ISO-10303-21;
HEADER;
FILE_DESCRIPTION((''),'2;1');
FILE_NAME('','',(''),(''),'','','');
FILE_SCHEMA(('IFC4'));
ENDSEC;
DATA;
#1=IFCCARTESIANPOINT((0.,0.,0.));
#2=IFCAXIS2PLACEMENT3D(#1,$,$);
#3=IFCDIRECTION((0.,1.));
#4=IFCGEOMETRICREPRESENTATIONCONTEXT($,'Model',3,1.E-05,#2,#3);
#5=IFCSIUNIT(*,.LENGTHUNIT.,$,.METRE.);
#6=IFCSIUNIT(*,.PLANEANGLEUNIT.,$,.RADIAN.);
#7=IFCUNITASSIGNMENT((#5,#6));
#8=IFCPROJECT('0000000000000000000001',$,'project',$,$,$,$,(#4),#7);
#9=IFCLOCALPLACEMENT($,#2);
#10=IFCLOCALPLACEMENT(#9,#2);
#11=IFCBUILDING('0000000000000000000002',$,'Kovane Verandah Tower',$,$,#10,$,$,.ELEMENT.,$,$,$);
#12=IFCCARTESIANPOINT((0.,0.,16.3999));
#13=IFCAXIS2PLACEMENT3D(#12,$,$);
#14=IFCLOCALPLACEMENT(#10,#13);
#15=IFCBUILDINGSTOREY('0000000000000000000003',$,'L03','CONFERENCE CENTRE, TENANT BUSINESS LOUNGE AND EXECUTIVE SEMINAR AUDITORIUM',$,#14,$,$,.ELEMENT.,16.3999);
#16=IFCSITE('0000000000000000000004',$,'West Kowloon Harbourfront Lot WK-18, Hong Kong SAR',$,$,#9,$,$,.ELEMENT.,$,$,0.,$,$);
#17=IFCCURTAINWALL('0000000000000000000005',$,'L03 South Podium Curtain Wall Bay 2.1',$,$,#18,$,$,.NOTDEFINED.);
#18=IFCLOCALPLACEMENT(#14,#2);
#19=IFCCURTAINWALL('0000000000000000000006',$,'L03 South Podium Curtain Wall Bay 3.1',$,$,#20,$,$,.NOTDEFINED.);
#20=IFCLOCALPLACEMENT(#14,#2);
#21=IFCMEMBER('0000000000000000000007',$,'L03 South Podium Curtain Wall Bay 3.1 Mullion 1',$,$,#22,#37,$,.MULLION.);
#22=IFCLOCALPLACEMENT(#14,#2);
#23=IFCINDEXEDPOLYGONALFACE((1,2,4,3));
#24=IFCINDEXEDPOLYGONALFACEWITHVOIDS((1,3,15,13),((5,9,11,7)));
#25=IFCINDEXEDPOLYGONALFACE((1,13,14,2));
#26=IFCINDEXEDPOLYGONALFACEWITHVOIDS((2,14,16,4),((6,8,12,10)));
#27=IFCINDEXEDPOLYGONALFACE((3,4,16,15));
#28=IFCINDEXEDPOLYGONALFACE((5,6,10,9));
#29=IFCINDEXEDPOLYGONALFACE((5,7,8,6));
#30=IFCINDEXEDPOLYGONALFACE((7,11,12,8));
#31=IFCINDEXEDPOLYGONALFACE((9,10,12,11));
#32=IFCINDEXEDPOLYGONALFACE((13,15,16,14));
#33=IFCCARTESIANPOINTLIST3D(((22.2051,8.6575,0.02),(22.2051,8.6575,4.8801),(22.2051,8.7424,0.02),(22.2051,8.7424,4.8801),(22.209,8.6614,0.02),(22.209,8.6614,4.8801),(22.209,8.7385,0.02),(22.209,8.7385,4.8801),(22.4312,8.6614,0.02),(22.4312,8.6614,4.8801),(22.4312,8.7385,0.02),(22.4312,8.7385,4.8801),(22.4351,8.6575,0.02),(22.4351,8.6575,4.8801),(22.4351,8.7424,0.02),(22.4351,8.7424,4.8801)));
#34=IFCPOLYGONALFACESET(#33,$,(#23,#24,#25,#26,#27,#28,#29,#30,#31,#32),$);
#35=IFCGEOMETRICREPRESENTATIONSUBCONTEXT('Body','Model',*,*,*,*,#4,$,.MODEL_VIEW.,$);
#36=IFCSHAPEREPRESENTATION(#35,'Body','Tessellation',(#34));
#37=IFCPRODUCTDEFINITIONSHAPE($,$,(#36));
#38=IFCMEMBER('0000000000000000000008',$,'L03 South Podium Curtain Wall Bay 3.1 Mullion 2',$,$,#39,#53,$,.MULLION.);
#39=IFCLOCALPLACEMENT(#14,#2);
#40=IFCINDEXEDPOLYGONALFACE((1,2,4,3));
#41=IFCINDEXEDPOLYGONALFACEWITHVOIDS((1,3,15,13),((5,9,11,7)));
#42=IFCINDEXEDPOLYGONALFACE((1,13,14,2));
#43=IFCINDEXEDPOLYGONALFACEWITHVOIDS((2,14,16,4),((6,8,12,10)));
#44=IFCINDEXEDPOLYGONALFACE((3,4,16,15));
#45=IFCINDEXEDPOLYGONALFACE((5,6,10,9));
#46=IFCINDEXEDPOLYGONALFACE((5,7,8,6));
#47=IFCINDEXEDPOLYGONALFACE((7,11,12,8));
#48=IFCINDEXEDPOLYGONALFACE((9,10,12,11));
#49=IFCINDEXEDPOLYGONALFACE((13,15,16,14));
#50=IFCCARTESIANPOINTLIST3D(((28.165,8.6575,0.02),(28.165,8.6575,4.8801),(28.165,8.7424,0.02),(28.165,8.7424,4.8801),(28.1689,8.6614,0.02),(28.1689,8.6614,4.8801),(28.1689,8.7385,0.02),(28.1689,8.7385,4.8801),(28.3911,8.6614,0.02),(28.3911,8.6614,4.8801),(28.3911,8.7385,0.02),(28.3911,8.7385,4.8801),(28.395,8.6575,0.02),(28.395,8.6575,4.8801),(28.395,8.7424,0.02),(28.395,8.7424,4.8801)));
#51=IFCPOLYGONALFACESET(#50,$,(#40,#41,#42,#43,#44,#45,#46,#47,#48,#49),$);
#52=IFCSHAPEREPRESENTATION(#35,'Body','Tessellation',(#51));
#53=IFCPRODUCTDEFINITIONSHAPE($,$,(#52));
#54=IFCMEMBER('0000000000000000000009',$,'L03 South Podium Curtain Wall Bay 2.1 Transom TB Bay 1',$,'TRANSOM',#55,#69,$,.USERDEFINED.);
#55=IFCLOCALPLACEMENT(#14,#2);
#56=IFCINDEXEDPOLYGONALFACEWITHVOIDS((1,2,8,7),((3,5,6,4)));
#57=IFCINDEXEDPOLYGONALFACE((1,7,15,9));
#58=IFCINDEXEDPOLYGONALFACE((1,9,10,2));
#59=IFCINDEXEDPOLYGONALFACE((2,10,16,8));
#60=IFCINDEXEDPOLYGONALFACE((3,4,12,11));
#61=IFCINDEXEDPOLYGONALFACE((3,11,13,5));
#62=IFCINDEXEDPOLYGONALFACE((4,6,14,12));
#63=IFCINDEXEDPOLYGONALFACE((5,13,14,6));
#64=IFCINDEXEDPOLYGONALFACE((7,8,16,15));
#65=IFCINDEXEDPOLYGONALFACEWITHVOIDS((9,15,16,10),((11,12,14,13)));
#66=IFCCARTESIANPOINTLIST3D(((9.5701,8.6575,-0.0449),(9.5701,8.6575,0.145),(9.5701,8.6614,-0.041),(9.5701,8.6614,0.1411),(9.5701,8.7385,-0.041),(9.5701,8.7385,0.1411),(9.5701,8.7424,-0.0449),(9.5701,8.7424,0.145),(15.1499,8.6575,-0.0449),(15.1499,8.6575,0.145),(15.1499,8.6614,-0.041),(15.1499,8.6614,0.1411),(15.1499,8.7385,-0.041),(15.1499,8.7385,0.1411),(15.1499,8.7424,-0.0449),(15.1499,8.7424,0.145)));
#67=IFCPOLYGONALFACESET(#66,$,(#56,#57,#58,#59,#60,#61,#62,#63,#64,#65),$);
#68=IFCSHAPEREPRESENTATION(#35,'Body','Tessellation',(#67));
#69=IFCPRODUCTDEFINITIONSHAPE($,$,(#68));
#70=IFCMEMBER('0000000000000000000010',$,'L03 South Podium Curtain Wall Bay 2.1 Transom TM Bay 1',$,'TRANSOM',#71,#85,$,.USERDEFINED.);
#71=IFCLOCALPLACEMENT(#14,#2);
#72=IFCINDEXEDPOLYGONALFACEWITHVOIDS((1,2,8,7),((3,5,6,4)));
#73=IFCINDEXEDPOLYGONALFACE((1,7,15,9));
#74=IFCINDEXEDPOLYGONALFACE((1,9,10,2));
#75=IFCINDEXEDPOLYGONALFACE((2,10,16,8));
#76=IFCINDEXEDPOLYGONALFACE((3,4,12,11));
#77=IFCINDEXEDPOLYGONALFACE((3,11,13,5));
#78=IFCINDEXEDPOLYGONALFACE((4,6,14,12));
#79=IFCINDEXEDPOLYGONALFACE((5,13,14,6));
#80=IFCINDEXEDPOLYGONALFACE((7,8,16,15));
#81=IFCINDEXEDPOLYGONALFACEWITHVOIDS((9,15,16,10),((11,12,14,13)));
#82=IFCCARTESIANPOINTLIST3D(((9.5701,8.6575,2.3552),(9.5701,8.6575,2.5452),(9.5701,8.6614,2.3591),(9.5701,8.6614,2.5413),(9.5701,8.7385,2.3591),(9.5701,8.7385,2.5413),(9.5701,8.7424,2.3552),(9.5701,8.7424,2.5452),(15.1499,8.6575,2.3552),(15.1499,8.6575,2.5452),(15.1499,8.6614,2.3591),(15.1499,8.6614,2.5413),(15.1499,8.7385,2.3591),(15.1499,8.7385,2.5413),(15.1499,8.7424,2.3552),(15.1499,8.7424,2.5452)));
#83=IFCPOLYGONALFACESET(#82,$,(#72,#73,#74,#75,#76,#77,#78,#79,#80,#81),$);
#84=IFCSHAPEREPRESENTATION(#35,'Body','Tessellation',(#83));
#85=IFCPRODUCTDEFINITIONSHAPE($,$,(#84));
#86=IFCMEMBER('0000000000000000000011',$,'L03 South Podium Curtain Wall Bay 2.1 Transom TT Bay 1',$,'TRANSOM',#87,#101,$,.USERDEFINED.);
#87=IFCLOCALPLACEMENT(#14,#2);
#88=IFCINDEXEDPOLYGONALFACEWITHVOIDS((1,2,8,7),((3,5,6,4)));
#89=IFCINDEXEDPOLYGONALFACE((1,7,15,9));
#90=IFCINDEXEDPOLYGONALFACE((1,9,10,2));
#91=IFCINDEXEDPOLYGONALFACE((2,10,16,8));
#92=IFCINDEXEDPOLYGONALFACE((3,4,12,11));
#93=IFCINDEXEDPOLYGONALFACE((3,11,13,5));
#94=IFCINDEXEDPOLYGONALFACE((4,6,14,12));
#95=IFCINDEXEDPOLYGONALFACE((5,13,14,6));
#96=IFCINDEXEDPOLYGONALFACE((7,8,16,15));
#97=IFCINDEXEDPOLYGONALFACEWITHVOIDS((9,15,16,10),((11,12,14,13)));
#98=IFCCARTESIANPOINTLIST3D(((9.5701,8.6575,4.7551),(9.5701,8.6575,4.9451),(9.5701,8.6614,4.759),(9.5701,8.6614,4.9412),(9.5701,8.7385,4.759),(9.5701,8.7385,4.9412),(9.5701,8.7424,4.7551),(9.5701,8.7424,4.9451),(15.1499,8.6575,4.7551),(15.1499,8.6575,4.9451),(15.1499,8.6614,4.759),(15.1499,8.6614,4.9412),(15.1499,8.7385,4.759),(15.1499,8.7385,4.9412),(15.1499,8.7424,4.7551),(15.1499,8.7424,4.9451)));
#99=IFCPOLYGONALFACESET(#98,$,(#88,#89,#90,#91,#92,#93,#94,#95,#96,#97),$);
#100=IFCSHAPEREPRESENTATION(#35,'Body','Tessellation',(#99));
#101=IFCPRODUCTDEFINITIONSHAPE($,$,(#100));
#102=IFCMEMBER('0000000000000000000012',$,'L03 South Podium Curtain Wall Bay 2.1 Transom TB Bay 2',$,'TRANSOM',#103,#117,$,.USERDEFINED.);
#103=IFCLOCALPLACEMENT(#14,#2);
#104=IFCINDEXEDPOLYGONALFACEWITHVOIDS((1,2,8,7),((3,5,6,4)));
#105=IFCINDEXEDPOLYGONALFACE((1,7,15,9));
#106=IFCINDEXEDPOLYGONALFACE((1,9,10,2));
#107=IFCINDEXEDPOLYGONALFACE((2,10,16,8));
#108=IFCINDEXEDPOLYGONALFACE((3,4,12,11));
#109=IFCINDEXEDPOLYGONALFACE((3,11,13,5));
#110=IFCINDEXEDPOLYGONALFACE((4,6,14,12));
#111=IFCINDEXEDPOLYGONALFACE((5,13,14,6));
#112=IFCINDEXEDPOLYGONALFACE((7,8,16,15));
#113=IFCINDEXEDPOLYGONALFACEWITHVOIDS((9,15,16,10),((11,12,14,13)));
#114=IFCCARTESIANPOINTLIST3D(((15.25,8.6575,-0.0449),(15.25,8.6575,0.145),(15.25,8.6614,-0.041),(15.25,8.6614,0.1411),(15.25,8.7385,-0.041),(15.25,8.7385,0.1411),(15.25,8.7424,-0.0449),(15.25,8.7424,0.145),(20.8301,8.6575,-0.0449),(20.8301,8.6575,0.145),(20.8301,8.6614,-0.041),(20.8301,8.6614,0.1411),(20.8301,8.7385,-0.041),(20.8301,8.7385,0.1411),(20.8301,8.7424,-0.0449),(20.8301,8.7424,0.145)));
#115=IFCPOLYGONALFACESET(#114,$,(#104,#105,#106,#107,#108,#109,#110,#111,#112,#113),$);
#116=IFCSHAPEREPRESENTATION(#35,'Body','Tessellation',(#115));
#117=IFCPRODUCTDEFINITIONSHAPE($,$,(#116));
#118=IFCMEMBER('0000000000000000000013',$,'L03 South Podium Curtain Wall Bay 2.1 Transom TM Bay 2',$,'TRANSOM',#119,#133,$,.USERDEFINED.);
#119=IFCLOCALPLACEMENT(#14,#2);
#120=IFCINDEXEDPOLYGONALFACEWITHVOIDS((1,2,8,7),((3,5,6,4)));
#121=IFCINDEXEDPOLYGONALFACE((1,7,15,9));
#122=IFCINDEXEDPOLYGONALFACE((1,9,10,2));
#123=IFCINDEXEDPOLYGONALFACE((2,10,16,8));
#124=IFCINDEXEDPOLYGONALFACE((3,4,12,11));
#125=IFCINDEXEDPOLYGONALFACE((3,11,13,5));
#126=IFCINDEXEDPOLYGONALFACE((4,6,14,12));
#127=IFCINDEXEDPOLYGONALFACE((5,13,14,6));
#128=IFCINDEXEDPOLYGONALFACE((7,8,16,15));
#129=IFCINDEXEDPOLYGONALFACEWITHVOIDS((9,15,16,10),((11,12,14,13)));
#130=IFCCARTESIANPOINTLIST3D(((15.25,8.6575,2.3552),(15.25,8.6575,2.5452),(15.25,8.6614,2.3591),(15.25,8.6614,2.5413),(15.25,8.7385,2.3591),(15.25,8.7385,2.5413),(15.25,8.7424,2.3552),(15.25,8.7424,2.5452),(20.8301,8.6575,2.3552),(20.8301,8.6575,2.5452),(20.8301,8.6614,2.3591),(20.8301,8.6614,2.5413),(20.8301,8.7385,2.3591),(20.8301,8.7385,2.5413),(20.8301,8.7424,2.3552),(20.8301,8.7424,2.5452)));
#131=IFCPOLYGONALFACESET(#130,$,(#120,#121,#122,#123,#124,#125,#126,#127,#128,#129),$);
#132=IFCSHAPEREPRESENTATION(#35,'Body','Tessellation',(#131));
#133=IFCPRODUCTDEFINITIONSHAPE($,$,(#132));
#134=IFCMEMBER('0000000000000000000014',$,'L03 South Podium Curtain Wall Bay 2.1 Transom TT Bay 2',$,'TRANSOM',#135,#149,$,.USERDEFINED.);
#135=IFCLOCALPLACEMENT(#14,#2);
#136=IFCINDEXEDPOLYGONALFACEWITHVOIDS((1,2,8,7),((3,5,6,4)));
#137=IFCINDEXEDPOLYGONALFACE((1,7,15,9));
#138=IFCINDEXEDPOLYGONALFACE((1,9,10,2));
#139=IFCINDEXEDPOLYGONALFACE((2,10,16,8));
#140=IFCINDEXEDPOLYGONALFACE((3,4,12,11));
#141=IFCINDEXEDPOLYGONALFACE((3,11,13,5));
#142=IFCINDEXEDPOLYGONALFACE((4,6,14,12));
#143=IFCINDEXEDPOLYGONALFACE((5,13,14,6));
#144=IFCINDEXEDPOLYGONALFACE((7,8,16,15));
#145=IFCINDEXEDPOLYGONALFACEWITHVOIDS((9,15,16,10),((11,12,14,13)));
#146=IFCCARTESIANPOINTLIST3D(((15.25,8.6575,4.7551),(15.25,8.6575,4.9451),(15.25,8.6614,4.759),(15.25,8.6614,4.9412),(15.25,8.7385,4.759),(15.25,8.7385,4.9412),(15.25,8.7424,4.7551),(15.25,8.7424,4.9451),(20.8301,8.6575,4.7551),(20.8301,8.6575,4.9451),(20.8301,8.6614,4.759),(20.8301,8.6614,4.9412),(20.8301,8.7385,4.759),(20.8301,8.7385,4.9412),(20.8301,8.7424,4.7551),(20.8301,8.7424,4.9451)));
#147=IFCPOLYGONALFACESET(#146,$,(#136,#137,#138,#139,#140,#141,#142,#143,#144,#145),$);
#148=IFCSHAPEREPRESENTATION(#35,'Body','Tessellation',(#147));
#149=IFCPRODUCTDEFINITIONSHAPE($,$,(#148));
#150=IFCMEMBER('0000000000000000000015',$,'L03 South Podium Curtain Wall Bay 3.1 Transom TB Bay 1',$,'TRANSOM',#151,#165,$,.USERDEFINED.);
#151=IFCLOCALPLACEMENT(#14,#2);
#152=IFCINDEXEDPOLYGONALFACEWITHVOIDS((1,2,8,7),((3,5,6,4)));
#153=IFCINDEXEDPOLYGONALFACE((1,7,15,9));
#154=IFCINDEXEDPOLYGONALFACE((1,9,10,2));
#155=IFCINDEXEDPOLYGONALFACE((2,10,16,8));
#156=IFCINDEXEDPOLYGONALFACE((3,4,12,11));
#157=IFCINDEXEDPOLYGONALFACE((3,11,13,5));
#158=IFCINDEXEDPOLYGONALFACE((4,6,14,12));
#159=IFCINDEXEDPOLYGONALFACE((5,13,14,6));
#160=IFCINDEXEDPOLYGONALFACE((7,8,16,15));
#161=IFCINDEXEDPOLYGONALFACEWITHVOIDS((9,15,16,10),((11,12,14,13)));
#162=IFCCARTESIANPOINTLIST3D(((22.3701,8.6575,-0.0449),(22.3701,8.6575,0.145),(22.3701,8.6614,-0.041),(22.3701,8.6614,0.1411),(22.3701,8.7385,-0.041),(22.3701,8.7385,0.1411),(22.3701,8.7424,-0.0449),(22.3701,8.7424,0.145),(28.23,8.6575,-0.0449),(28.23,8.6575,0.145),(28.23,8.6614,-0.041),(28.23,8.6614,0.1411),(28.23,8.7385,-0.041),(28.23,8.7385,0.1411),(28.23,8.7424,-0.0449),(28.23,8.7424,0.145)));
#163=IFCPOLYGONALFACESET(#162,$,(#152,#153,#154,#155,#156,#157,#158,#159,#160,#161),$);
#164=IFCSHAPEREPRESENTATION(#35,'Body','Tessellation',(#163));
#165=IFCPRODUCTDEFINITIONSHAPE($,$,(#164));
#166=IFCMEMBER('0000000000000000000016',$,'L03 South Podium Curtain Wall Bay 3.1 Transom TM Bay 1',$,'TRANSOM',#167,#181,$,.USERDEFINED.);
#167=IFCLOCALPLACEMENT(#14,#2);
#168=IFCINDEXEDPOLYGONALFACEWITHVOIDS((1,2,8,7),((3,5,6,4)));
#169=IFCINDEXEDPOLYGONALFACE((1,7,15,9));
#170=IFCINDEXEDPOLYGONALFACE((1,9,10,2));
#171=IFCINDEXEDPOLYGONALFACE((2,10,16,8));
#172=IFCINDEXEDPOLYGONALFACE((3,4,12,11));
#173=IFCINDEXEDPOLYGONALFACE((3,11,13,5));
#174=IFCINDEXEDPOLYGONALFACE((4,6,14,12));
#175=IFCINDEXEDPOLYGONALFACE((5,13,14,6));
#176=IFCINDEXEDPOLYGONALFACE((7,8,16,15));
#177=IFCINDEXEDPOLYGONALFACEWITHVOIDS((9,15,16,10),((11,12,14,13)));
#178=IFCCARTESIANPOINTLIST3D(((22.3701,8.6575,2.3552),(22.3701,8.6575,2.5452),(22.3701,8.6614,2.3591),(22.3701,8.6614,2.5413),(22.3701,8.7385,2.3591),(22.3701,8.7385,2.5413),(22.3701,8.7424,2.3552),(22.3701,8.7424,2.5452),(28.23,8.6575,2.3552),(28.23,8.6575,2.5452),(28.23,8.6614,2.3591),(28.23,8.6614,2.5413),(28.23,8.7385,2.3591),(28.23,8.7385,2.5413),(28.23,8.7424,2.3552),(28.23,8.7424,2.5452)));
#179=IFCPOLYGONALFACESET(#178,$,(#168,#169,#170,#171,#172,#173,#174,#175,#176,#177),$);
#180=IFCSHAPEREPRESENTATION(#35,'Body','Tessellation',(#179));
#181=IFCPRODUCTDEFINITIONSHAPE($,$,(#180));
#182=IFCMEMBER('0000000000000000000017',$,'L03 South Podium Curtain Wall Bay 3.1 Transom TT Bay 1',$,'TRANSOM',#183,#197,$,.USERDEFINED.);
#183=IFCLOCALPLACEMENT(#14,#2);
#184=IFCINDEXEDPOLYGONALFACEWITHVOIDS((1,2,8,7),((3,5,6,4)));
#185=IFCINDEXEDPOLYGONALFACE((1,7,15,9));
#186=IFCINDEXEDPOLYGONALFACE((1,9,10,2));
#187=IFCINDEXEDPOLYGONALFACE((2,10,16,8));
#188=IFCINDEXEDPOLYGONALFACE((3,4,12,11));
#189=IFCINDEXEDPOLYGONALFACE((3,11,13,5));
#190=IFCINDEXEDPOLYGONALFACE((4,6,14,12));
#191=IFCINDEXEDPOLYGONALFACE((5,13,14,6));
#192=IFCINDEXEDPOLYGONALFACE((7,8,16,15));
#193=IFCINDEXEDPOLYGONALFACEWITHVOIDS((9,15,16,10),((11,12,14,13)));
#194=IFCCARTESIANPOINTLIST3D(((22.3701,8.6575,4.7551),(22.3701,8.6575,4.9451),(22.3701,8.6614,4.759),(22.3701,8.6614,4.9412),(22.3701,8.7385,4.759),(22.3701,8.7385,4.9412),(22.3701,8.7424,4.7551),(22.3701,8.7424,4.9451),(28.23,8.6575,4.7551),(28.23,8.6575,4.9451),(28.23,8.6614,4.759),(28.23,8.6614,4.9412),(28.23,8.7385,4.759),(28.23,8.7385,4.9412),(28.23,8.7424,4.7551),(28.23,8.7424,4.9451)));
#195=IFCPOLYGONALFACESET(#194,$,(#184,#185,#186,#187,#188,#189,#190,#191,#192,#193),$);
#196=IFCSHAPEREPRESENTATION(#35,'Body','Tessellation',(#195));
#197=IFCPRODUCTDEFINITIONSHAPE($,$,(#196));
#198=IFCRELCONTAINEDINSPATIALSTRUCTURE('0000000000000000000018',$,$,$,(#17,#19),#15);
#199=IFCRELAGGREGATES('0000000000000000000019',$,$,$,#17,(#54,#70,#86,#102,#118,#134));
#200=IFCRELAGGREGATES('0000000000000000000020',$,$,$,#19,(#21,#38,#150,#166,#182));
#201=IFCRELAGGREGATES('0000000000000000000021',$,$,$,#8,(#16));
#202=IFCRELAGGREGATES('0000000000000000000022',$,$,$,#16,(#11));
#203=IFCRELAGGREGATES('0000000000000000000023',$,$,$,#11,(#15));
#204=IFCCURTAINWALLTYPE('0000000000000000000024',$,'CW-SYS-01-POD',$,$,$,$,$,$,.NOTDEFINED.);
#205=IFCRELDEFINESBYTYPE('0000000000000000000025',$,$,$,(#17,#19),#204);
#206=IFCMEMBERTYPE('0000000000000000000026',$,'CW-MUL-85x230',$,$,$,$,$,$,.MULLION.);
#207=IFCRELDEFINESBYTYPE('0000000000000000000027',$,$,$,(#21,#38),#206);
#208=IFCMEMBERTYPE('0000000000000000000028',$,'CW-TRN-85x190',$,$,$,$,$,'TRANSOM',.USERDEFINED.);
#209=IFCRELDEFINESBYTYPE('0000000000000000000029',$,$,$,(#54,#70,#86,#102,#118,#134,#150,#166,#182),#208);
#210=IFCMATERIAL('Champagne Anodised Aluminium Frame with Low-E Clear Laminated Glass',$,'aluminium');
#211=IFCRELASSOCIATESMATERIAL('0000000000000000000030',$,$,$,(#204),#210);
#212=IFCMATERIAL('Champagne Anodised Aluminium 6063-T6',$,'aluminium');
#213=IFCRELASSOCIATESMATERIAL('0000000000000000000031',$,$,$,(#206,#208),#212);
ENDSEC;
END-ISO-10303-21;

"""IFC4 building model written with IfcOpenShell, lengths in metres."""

from ifc_helpers import new_model, si_unit, direction, frame, origin, origin_2d, place, context, subcontext, project, spatial, hollow_rectangle, extrude, material, material_profile, profile_set, type_object, element, aggregate, save


model = new_model("IFC4")

# Units and contexts
model_context = context("Model", 3, precision=1e-05, world=origin(), true_north=direction((0.0, 1.0)))
body_context = subcontext(model_context, "Body", "Model", "MODEL_VIEW")
ifc_project = project(units=[si_unit("LENGTHUNIT", "METRE"), si_unit("PLANEANGLEUNIT", "RADIAN")], contexts=[model_context])

# Site, building, storey
site_placement = place(None, origin())
site = spatial("IfcSite", under=ifc_project, at=site_placement, Name="West Kowloon Harbourfront Lot WK-18, Hong Kong SAR", CompositionType="ELEMENT", RefElevation=0.0)
building_placement = place(site_placement, origin())
building = spatial("IfcBuilding", under=site, at=building_placement, Name="Kovane Verandah Tower", CompositionType="ELEMENT")
storey_placement = place(building_placement, frame((0.0, 0.0, 16.3999)))
storey = spatial("IfcBuildingStorey", under=building, at=storey_placement, Name="L03", Description="CONFERENCE CENTRE, TENANT BUSINESS LOUNGE AND EXECUTIVE SEMINAR AUDITORIUM", CompositionType="ELEMENT", Elevation=16.3999)

# Curtain walls, members
ifc_material_1 = material(Name="Champagne Anodised Aluminium Frame with Low-E Clear Laminated Glass", Category="aluminium")
curtain_wall_type = type_object("IfcCurtainWallType", Name="CW-SYS-01-POD", PredefinedType="NOTDEFINED", material=ifc_material_1)
curtain_wall_1_placement = place(storey_placement, origin())
curtain_wall_1 = element("IfcCurtainWall", 1, at=curtain_wall_1_placement, inside=storey, type_object=curtain_wall_type, Name="L03 South Podium Curtain Wall Bay 2.1", PredefinedType="NOTDEFINED")
ifc_material_2 = material(Name="Champagne Anodised Aluminium 6063-T6", Category="aluminium")
ifc_material_profile_1 = material_profile(ifc_material_2, hollow_rectangle(XDim=0.085, YDim=0.23, WallThickness=0.0039, at=origin_2d()), Name="AL85x230x4")
ifc_profile_set_1 = profile_set([ifc_material_profile_1], Name="Champagne Anodised Aluminium 6063-T6")
member_type_1 = type_object("IfcMemberType", Name="CW-MUL-85x230", PredefinedType="MULLION", material=ifc_profile_set_1)
curtain_wall_2_placement = place(storey_placement, origin())
curtain_wall_2 = element("IfcCurtainWall", 2, at=curtain_wall_2_placement, inside=storey, type_object=curtain_wall_type, Name="L03 South Podium Curtain Wall Bay 3.1", PredefinedType="NOTDEFINED")
member_1_placement = place(storey_placement, frame((22.3201, 8.7, 0.02), z_axis=(0.0, 0.0, 1.0), x_axis=(0.0, -1.0, 0.0)))
member_1 = element("IfcMember", 3, at=member_1_placement, type_object=member_type_1, Name="L03 South Podium Curtain Wall Bay 3.1 Mullion 1", PredefinedType="MULLION", context=body_context, shape_type="SweptSolid", body=[
    extrude(hollow_rectangle(XDim=0.085, YDim=0.23, WallThickness=0.0039, at=origin_2d()), origin(), (0.0, 0.0, 1.0), 4.8601),
])
member_2_placement = place(storey_placement, frame((28.28, 8.7, 0.02), z_axis=(0.0, 0.0, 1.0), x_axis=(0.0, -1.0, 0.0)))
member_2 = element("IfcMember", 4, at=member_2_placement, type_object=member_type_1, Name="L03 South Podium Curtain Wall Bay 3.1 Mullion 2", PredefinedType="MULLION", context=body_context, shape_type="SweptSolid", body=[
    extrude(hollow_rectangle(XDim=0.085, YDim=0.23, WallThickness=0.0039, at=origin_2d()), origin(), (0.0, 0.0, 1.0), 4.8601),
])

# Members
ifc_material_profile_2 = material_profile(ifc_material_2, hollow_rectangle(XDim=0.085, YDim=0.1899, WallThickness=0.0039, at=origin_2d()), Name="AL85x190x4")
ifc_profile_set_2 = profile_set([ifc_material_profile_2], Name="Champagne Anodised Aluminium 6063-T6")
member_type_2 = type_object("IfcMemberType", Name="CW-TRN-85x190", ElementType="TRANSOM", PredefinedType="USERDEFINED", material=ifc_profile_set_2)
member_3_placement = place(storey_placement, frame((9.5701, 8.7, 0.05), z_axis=(1.0, 0.0, 0.0), x_axis=(0.0, 1.0, 0.0)))
member_3 = element("IfcMember", 5, at=member_3_placement, type_object=member_type_2, Name="L03 South Podium Curtain Wall Bay 2.1 Transom TB Bay 1", ObjectType="TRANSOM", PredefinedType="USERDEFINED", context=body_context, shape_type="SweptSolid", body=[
    extrude(hollow_rectangle(XDim=0.085, YDim=0.1899, WallThickness=0.0039, at=origin_2d()), origin(), (0.0, 0.0, 1.0), 5.5798),
])
member_4_placement = place(storey_placement, frame((9.5701, 8.7, 2.4502), z_axis=(1.0, 0.0, 0.0), x_axis=(0.0, 1.0, 0.0)))
member_4 = element("IfcMember", 6, at=member_4_placement, type_object=member_type_2, Name="L03 South Podium Curtain Wall Bay 2.1 Transom TM Bay 1", ObjectType="TRANSOM", PredefinedType="USERDEFINED", context=body_context, shape_type="SweptSolid", body=[
    extrude(hollow_rectangle(XDim=0.085, YDim=0.1899, WallThickness=0.0039, at=origin_2d()), origin(), (0.0, 0.0, 1.0), 5.5798),
])
member_5_placement = place(storey_placement, frame((9.5701, 8.7, 4.8501), z_axis=(1.0, 0.0, 0.0), x_axis=(0.0, 1.0, 0.0)))
member_5 = element("IfcMember", 7, at=member_5_placement, type_object=member_type_2, Name="L03 South Podium Curtain Wall Bay 2.1 Transom TT Bay 1", ObjectType="TRANSOM", PredefinedType="USERDEFINED", context=body_context, shape_type="SweptSolid", body=[
    extrude(hollow_rectangle(XDim=0.085, YDim=0.1899, WallThickness=0.0039, at=origin_2d()), origin(), (0.0, 0.0, 1.0), 5.5798),
])
member_6_placement = place(storey_placement, frame((15.25, 8.7, 0.05), z_axis=(1.0, 0.0, 0.0), x_axis=(0.0, 1.0, 0.0)))
member_6 = element("IfcMember", 8, at=member_6_placement, type_object=member_type_2, Name="L03 South Podium Curtain Wall Bay 2.1 Transom TB Bay 2", ObjectType="TRANSOM", PredefinedType="USERDEFINED", context=body_context, shape_type="SweptSolid", body=[
    extrude(hollow_rectangle(XDim=0.085, YDim=0.1899, WallThickness=0.0039, at=origin_2d()), origin(), (0.0, 0.0, 1.0), 5.5801),
])
member_7_placement = place(storey_placement, frame((15.25, 8.7, 2.4502), z_axis=(1.0, 0.0, 0.0), x_axis=(0.0, 1.0, 0.0)))
member_7 = element("IfcMember", 9, at=member_7_placement, type_object=member_type_2, Name="L03 South Podium Curtain Wall Bay 2.1 Transom TM Bay 2", ObjectType="TRANSOM", PredefinedType="USERDEFINED", context=body_context, shape_type="SweptSolid", body=[
    extrude(hollow_rectangle(XDim=0.085, YDim=0.1899, WallThickness=0.0039, at=origin_2d()), origin(), (0.0, 0.0, 1.0), 5.5801),
])
member_8_placement = place(storey_placement, frame((15.25, 8.7, 4.8501), z_axis=(1.0, 0.0, 0.0), x_axis=(0.0, 1.0, 0.0)))
member_8 = element("IfcMember", 10, at=member_8_placement, type_object=member_type_2, Name="L03 South Podium Curtain Wall Bay 2.1 Transom TT Bay 2", ObjectType="TRANSOM", PredefinedType="USERDEFINED", context=body_context, shape_type="SweptSolid", body=[
    extrude(hollow_rectangle(XDim=0.085, YDim=0.1899, WallThickness=0.0039, at=origin_2d()), origin(), (0.0, 0.0, 1.0), 5.5801),
])
member_9_placement = place(storey_placement, frame((22.3701, 8.7, 0.05), z_axis=(1.0, 0.0, 0.0), x_axis=(0.0, 1.0, 0.0)))
member_9 = element("IfcMember", 11, at=member_9_placement, type_object=member_type_2, Name="L03 South Podium Curtain Wall Bay 3.1 Transom TB Bay 1", ObjectType="TRANSOM", PredefinedType="USERDEFINED", context=body_context, shape_type="SweptSolid", body=[
    extrude(hollow_rectangle(XDim=0.085, YDim=0.1899, WallThickness=0.0039, at=origin_2d()), origin(), (0.0, 0.0, 1.0), 5.8599),
])
member_10_placement = place(storey_placement, frame((22.3701, 8.7, 2.4502), z_axis=(1.0, 0.0, 0.0), x_axis=(0.0, 1.0, 0.0)))
member_10 = element("IfcMember", 12, at=member_10_placement, type_object=member_type_2, Name="L03 South Podium Curtain Wall Bay 3.1 Transom TM Bay 1", ObjectType="TRANSOM", PredefinedType="USERDEFINED", context=body_context, shape_type="SweptSolid", body=[
    extrude(hollow_rectangle(XDim=0.085, YDim=0.1899, WallThickness=0.0039, at=origin_2d()), origin(), (0.0, 0.0, 1.0), 5.8599),
])
member_11_placement = place(storey_placement, frame((22.3701, 8.7, 4.8501), z_axis=(1.0, 0.0, 0.0), x_axis=(0.0, 1.0, 0.0)))
member_11 = element("IfcMember", 13, at=member_11_placement, type_object=member_type_2, Name="L03 South Podium Curtain Wall Bay 3.1 Transom TT Bay 1", ObjectType="TRANSOM", PredefinedType="USERDEFINED", context=body_context, shape_type="SweptSolid", body=[
    extrude(hollow_rectangle(XDim=0.085, YDim=0.1899, WallThickness=0.0039, at=origin_2d()), origin(), (0.0, 0.0, 1.0), 5.8599),
])

aggregate(curtain_wall_1, [member_3, member_4, member_5, member_6, member_7, member_8])
aggregate(curtain_wall_2, [member_1, member_2, member_9, member_10, member_11])

save(model, "model.ifc")
